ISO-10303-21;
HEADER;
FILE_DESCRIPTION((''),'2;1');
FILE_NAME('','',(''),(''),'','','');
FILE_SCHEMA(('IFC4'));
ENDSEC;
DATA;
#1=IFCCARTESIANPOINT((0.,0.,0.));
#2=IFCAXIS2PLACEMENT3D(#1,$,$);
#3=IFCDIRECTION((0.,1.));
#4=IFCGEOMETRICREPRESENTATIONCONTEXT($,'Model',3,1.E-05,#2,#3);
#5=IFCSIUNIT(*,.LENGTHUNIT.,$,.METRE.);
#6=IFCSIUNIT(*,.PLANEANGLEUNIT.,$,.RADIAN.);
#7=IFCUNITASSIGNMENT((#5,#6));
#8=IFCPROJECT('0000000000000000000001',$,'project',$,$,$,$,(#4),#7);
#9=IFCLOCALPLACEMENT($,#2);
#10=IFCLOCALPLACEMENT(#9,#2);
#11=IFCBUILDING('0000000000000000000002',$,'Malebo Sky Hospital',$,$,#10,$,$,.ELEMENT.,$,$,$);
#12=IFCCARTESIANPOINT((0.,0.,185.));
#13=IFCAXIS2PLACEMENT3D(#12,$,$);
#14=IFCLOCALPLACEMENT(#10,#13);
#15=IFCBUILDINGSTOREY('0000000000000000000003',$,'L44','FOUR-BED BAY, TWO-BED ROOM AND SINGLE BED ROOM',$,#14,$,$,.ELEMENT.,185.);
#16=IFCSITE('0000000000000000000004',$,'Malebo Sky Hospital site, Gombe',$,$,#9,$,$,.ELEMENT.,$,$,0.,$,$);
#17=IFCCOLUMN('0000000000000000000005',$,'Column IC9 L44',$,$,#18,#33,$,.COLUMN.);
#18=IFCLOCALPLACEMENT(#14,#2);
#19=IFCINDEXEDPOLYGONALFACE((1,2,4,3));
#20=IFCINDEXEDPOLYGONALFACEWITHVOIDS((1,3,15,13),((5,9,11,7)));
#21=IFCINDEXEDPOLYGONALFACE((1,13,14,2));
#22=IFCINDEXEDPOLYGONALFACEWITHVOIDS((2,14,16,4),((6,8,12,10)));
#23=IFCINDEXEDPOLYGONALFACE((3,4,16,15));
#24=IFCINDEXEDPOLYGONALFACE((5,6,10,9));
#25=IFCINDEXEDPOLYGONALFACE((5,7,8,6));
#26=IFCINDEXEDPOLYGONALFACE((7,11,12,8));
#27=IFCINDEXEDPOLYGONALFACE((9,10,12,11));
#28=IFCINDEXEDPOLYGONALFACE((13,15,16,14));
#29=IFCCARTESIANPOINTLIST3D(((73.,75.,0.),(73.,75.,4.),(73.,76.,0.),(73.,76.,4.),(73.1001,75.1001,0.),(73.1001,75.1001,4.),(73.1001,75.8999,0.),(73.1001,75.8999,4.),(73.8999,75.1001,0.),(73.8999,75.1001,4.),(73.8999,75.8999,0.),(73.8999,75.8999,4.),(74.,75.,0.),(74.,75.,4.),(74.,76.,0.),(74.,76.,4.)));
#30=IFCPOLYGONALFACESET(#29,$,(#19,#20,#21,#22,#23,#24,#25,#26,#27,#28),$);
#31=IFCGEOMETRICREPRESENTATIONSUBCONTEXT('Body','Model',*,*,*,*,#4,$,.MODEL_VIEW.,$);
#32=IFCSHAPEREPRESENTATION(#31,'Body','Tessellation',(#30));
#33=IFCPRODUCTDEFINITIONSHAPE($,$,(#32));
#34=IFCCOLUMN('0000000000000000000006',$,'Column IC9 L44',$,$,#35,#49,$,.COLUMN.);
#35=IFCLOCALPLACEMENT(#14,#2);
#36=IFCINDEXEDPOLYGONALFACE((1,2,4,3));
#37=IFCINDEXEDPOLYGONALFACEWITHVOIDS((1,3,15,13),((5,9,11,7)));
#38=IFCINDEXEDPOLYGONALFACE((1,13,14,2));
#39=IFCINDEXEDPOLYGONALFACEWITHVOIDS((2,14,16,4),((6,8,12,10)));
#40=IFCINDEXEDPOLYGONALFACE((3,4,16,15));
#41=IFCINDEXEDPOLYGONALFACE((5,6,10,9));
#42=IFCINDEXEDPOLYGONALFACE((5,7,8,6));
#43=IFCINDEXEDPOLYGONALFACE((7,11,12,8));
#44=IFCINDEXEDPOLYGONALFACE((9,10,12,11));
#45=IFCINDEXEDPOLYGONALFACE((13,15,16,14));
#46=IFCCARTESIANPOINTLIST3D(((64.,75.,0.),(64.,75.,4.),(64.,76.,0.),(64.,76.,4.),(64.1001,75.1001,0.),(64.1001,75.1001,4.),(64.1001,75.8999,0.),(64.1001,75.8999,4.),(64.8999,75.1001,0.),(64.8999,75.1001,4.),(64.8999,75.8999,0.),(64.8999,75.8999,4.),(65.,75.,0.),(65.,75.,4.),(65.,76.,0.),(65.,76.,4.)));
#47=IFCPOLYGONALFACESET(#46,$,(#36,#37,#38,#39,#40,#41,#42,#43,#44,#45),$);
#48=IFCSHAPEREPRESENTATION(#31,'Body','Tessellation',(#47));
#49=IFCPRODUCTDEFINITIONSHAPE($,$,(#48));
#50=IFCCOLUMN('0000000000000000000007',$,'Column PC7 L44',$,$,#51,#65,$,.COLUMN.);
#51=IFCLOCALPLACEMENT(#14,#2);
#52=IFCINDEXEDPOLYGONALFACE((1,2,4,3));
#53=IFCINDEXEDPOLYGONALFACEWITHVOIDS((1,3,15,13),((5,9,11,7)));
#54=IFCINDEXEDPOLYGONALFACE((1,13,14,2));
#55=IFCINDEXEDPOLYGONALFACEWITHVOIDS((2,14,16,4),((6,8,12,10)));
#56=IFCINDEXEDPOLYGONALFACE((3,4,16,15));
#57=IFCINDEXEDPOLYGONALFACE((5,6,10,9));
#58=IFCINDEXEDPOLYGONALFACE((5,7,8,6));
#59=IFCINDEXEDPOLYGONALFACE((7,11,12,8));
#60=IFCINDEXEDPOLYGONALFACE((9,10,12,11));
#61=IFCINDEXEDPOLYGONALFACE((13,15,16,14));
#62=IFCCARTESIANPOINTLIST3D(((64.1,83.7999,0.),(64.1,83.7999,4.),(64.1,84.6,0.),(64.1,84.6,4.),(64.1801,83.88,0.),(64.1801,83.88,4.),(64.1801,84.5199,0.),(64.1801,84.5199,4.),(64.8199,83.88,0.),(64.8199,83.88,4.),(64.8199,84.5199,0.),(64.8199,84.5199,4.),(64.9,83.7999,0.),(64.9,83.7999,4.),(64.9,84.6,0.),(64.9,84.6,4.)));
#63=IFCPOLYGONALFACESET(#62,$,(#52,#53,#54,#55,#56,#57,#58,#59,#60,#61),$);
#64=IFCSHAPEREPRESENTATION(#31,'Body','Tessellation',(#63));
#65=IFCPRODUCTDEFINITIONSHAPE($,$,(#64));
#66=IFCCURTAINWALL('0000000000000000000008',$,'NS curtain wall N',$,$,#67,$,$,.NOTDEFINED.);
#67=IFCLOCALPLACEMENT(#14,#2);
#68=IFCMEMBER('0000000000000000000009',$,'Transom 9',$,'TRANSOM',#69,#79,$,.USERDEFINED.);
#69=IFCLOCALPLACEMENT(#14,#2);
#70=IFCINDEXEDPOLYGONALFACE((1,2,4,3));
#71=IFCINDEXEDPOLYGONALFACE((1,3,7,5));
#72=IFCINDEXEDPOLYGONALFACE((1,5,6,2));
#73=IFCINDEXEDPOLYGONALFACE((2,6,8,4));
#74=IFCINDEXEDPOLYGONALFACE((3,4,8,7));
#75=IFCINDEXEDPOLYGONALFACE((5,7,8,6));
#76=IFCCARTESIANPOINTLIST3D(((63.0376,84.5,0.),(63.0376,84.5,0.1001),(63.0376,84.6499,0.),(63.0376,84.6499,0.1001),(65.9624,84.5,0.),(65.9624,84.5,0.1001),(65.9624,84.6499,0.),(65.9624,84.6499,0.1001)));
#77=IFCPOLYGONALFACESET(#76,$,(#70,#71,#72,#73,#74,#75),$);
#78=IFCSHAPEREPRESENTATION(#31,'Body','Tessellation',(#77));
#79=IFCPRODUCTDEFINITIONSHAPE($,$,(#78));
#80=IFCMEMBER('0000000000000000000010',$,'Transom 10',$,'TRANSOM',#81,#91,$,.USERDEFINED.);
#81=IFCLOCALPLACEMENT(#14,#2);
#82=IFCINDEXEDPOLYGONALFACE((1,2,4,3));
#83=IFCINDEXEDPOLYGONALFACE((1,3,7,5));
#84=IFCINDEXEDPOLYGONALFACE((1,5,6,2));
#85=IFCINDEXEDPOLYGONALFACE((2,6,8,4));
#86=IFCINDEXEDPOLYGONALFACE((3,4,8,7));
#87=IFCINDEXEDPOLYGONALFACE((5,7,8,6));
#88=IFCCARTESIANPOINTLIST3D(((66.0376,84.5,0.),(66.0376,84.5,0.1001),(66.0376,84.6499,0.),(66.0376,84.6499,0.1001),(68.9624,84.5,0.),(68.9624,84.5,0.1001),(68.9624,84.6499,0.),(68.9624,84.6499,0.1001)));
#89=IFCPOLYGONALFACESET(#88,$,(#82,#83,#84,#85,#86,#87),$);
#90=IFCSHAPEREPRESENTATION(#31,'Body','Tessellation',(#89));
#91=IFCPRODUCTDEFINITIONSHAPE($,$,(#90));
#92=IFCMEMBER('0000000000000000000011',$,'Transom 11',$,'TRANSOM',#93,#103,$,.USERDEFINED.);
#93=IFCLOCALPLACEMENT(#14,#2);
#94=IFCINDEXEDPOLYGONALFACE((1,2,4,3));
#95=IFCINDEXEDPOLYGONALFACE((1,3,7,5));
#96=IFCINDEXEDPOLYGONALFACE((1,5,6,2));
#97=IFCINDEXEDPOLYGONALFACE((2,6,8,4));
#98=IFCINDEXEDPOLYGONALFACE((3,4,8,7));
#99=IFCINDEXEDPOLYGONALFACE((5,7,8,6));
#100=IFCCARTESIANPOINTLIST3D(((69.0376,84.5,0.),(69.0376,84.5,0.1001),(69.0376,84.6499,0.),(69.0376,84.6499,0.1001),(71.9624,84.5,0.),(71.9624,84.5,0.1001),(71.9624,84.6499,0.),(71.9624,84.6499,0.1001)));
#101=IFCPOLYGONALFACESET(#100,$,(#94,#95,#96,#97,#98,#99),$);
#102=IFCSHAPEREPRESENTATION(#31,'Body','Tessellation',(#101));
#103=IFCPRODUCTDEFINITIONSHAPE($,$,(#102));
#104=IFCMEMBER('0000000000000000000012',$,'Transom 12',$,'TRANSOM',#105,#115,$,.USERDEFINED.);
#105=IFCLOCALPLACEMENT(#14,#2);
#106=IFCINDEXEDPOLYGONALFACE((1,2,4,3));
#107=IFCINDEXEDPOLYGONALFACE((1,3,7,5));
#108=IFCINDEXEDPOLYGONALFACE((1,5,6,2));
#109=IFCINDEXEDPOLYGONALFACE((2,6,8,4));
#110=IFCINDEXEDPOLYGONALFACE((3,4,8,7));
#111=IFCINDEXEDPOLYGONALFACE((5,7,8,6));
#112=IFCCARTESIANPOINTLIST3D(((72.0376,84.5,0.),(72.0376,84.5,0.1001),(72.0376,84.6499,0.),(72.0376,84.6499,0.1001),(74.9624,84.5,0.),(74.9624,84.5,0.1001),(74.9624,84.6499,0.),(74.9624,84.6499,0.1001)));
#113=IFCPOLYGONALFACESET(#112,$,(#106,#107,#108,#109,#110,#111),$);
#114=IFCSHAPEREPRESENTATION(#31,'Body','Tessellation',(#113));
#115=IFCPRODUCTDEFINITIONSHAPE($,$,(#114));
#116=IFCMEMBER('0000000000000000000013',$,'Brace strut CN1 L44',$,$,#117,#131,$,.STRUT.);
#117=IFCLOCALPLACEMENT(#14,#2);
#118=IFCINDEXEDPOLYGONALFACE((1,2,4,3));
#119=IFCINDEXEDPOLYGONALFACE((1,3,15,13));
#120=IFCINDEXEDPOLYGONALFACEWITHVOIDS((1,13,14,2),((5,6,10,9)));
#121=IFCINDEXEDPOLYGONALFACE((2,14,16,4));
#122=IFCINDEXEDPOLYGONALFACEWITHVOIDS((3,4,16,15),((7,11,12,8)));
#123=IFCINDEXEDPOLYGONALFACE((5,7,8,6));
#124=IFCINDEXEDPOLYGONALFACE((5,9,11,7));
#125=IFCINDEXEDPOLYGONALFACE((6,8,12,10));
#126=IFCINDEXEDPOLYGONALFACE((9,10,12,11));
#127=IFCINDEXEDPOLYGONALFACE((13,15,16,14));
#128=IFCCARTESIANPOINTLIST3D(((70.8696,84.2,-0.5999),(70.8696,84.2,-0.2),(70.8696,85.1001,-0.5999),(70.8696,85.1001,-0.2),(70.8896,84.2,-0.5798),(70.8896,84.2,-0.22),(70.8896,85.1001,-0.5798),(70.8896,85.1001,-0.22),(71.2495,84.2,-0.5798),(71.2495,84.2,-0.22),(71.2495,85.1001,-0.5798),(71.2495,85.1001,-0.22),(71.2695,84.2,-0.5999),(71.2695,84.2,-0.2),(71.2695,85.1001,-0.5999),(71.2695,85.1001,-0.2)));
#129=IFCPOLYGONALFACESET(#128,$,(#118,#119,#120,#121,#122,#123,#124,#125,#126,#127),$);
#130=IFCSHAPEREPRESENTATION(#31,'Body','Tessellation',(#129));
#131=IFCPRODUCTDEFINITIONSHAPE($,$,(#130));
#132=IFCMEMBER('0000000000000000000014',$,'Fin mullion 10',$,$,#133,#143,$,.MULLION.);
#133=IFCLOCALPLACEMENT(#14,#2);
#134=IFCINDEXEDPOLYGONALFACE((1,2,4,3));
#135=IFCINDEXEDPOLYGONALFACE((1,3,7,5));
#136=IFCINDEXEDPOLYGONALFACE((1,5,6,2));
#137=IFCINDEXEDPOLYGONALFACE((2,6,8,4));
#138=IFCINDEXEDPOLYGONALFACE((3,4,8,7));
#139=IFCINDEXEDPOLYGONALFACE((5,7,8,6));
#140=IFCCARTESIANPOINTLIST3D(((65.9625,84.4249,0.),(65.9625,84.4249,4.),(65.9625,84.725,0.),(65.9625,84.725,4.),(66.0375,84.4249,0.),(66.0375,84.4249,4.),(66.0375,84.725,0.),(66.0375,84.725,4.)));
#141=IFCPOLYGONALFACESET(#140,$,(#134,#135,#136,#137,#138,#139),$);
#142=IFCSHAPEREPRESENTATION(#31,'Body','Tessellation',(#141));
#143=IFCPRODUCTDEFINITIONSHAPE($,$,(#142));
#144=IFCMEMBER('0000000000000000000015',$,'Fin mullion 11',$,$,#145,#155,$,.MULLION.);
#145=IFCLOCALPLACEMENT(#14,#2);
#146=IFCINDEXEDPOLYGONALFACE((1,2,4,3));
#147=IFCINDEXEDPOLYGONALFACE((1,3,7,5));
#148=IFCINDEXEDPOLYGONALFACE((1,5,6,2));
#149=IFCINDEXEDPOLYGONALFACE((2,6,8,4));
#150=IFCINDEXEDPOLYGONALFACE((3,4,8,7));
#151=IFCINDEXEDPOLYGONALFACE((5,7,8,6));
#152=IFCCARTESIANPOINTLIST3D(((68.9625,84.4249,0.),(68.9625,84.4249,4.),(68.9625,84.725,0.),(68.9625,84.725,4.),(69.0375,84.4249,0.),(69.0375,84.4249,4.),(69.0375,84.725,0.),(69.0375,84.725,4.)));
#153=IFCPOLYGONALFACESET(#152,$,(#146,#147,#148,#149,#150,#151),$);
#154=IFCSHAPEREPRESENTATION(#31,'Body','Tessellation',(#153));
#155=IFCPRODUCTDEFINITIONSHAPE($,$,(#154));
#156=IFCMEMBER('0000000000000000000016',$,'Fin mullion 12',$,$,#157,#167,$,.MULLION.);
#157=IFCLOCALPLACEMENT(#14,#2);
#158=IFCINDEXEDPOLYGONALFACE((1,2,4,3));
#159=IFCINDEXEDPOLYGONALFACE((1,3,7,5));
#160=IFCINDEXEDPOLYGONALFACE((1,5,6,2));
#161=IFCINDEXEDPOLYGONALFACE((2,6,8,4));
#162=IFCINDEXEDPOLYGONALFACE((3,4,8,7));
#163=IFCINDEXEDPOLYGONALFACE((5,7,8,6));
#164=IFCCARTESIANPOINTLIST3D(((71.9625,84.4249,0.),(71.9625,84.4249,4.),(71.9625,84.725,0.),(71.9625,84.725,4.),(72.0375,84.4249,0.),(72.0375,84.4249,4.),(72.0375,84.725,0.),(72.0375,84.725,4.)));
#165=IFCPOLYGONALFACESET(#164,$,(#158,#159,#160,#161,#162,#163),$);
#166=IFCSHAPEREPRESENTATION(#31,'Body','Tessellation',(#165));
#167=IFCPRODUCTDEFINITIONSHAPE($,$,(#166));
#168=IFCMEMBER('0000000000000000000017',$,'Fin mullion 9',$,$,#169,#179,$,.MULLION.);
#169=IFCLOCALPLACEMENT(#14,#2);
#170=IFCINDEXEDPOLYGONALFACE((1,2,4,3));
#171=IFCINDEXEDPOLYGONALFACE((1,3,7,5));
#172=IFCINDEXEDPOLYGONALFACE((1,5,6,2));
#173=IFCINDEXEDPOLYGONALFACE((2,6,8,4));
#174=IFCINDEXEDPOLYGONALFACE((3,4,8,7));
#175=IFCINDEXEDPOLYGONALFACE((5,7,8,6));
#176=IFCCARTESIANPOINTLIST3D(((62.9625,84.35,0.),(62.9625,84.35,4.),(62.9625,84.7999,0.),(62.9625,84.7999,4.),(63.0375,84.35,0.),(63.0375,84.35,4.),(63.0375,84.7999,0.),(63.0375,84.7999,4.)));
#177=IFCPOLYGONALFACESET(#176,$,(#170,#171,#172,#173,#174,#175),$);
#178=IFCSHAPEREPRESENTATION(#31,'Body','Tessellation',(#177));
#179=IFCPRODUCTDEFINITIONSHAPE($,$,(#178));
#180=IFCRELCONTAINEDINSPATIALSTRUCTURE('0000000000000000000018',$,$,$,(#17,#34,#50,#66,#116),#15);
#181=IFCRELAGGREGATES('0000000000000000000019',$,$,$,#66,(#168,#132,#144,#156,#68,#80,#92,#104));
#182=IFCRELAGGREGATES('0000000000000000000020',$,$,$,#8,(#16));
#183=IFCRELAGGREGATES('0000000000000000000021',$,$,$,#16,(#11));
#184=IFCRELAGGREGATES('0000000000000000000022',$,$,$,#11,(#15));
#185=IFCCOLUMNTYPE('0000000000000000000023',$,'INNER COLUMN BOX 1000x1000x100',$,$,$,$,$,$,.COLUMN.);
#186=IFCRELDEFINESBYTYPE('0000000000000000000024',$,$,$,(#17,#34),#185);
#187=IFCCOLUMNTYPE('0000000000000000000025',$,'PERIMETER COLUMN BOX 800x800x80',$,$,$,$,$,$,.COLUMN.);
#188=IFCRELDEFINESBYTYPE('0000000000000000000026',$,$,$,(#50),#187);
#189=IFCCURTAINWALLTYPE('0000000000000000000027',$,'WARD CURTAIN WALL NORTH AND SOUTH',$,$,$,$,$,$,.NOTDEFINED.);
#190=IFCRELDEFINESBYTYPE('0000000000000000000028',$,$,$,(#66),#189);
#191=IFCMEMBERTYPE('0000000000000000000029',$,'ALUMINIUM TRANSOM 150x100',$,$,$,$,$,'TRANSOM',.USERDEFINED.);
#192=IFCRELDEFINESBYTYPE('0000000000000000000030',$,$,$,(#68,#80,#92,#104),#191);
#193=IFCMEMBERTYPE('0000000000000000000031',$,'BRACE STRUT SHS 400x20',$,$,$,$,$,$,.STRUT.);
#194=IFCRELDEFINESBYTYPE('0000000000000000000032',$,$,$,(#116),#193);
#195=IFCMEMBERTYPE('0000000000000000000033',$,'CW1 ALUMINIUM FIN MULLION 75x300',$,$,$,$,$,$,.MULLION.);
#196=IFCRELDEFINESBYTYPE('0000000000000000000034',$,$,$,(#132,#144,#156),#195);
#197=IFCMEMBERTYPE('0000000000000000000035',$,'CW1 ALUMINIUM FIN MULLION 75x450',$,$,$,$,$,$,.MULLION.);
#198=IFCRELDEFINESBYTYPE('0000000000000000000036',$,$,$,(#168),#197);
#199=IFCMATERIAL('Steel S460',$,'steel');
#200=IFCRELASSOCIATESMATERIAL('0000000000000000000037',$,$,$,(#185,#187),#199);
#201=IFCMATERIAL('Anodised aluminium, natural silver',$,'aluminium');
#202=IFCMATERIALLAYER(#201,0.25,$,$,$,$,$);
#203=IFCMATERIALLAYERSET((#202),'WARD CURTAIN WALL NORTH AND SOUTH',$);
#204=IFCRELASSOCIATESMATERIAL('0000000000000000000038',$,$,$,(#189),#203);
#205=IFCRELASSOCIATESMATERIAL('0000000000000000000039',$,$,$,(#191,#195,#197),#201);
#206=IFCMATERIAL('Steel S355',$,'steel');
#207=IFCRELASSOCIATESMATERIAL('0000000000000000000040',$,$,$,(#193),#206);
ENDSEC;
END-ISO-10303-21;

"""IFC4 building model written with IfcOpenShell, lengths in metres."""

from ifc_helpers import new_model, si_unit, direction, frame, origin, origin_2d, place, context, subcontext, project, spatial, rectangle, hollow_rectangle, extrude, material, layer, layer_set, material_profile, profile_set, type_object, element, aggregate, save


model = new_model("IFC4")

# Units and contexts
model_context = context("Model", 3, precision=1e-05, world=origin(), true_north=direction((0.0, 1.0)))
body_context = subcontext(model_context, "Body", "Model", "MODEL_VIEW")
ifc_project = project(units=[si_unit("LENGTHUNIT", "METRE"), si_unit("PLANEANGLEUNIT", "RADIAN")], contexts=[model_context])

# Site, building, storey
site_placement = place(None, origin())
site = spatial("IfcSite", under=ifc_project, at=site_placement, Name="Malebo Sky Hospital site, Gombe", CompositionType="ELEMENT", RefElevation=0.0)
building_placement = place(site_placement, origin())
building = spatial("IfcBuilding", under=site, at=building_placement, Name="Malebo Sky Hospital", CompositionType="ELEMENT")
storey_placement = place(building_placement, frame((0.0, 0.0, 185.0)))
storey = spatial("IfcBuildingStorey", under=building, at=storey_placement, Name="L44", Description="FOUR-BED BAY, TWO-BED ROOM AND SINGLE BED ROOM", CompositionType="ELEMENT", Elevation=185.0)

# Columns
ifc_material_1 = material(Name="Steel S460", Category="steel")
ifc_material_profile_1 = material_profile(ifc_material_1, hollow_rectangle(XDim=1.0, YDim=1.0, WallThickness=0.1001, at=origin_2d()), Name="BOX 1000x1000x100")
ifc_profile_set_1 = profile_set([ifc_material_profile_1], Name="Steel S460")
column_type_1 = type_object("IfcColumnType", Name="INNER COLUMN BOX 1000x1000x100", PredefinedType="COLUMN", material=ifc_profile_set_1)
for number, where, z_axis, x_axis, name in (
    (1, (73.5, 75.5, 0.0), (0.0, 0.0, 1.0), (1.0, 0.0, 0.0), "Column IC9 L44"),
    (2, (64.5, 75.5, 0.0), (0.0, 0.0, 1.0), (1.0, 0.0, 0.0), "Column IC9 L44"),
):
    element("IfcColumn", number, at=place(storey_placement, frame(where, z_axis=z_axis, x_axis=x_axis)), inside=storey, type_object=column_type_1, Name=name, PredefinedType="COLUMN", context=body_context, shape_type="SweptSolid", body=[
        extrude(hollow_rectangle(XDim=1.0, YDim=1.0, WallThickness=0.1001, at=origin_2d()), origin(), (0.0, 0.0, 1.0), 4.0),
    ])
ifc_material_profile_2 = material_profile(ifc_material_1, hollow_rectangle(XDim=0.8, YDim=0.8, WallThickness=0.0801, at=origin_2d()), Name="BOX 800x800x80")
ifc_profile_set_2 = profile_set([ifc_material_profile_2], Name="Steel S460")
column_type_2 = type_object("IfcColumnType", Name="PERIMETER COLUMN BOX 800x800x80", PredefinedType="COLUMN", material=ifc_profile_set_2)
column_placement = place(storey_placement, frame((64.5, 84.2, 0.0), z_axis=(0.0, 0.0, 1.0), x_axis=(1.0, 0.0, 0.0)))
element("IfcColumn", 3, at=column_placement, inside=storey, type_object=column_type_2, Name="Column PC7 L44", PredefinedType="COLUMN", context=body_context, shape_type="SweptSolid", body=[
    extrude(hollow_rectangle(XDim=0.8, YDim=0.8, WallThickness=0.0801, at=origin_2d()), origin(), (0.0, 0.0, 1.0), 4.0),
])

# Curtain wall, members
ifc_material_2 = material(Name="Anodised aluminium, natural silver", Category="aluminium")
ifc_layer_1 = layer(ifc_material_2, 0.25)
ifc_layer_set_1 = layer_set([ifc_layer_1], Name="WARD CURTAIN WALL NORTH AND SOUTH")
curtain_wall_type = type_object("IfcCurtainWallType", Name="WARD CURTAIN WALL NORTH AND SOUTH", PredefinedType="NOTDEFINED", material=ifc_layer_set_1)
curtain_wall_placement = place(storey_placement, origin())
curtain_wall = element("IfcCurtainWall", 4, at=curtain_wall_placement, inside=storey, type_object=curtain_wall_type, Name="NS curtain wall N", PredefinedType="NOTDEFINED")
ifc_material_profile_3 = material_profile(ifc_material_2, rectangle(XDim=0.1499, YDim=0.1001, at=origin_2d()), Name="ALUMINIUM TRANSOM 150x100")
ifc_profile_set_3 = profile_set([ifc_material_profile_3], Name="Anodised aluminium, natural silver")
member_type_1 = type_object("IfcMemberType", Name="ALUMINIUM TRANSOM 150x100", ElementType="TRANSOM", PredefinedType="USERDEFINED", material=ifc_profile_set_3)
member_1_placement = place(storey_placement, frame((63.0376, 84.575, 0.05), z_axis=(1.0, 0.0, 0.0), x_axis=(0.0, 1.0, 0.0)))
member_1 = element("IfcMember", 5, at=member_1_placement, type_object=member_type_1, Name="Transom 9", ObjectType="TRANSOM", PredefinedType="USERDEFINED", context=body_context, shape_type="SweptSolid", body=[
    extrude(rectangle(XDim=0.1499, YDim=0.1001, at=origin_2d()), origin(), (0.0, 0.0, 1.0), 2.9248),
])
member_2_placement = place(storey_placement, frame((66.0376, 84.575, 0.05), z_axis=(1.0, 0.0, 0.0), x_axis=(0.0, 1.0, 0.0)))
member_2 = element("IfcMember", 6, at=member_2_placement, type_object=member_type_1, Name="Transom 10", ObjectType="TRANSOM", PredefinedType="USERDEFINED", context=body_context, shape_type="SweptSolid", body=[
    extrude(rectangle(XDim=0.1499, YDim=0.1001, at=origin_2d()), origin(), (0.0, 0.0, 1.0), 2.9248),
])
member_3_placement = place(storey_placement, frame((69.0376, 84.575, 0.05), z_axis=(1.0, 0.0, 0.0), x_axis=(0.0, 1.0, 0.0)))
member_3 = element("IfcMember", 7, at=member_3_placement, type_object=member_type_1, Name="Transom 11", ObjectType="TRANSOM", PredefinedType="USERDEFINED", context=body_context, shape_type="SweptSolid", body=[
    extrude(rectangle(XDim=0.1499, YDim=0.1001, at=origin_2d()), origin(), (0.0, 0.0, 1.0), 2.9248),
])
member_4_placement = place(storey_placement, frame((72.0376, 84.575, 0.05), z_axis=(1.0, 0.0, 0.0), x_axis=(0.0, 1.0, 0.0)))
member_4 = element("IfcMember", 8, at=member_4_placement, type_object=member_type_1, Name="Transom 12", ObjectType="TRANSOM", PredefinedType="USERDEFINED", context=body_context, shape_type="SweptSolid", body=[
    extrude(rectangle(XDim=0.1499, YDim=0.1001, at=origin_2d()), origin(), (0.0, 0.0, 1.0), 2.9248),
])

# Members
ifc_material_3 = material(Name="Steel S355", Category="steel")
ifc_material_profile_4 = material_profile(ifc_material_3, hollow_rectangle(XDim=0.3999, YDim=0.3999, WallThickness=0.02, at=origin_2d()), Name="SHS 400x20")
ifc_profile_set_4 = profile_set([ifc_material_profile_4], Name="Steel S355")
member_type_2 = type_object("IfcMemberType", Name="BRACE STRUT SHS 400x20", PredefinedType="STRUT", material=ifc_profile_set_4)
member_5_placement = place(storey_placement, frame((71.0696, 85.1001, -0.3999), z_axis=(0.0, -1.0, 0.0), x_axis=(1.0, 0.0, 0.0)))
element("IfcMember", 9, at=member_5_placement, inside=storey, type_object=member_type_2, Name="Brace strut CN1 L44", PredefinedType="STRUT", context=body_context, shape_type="SweptSolid", body=[
    extrude(hollow_rectangle(XDim=0.3999, YDim=0.3999, WallThickness=0.02, at=origin_2d()), origin(), (0.0, 0.0, 1.0), 0.9001),
])
ifc_material_profile_5 = material_profile(ifc_material_2, rectangle(XDim=0.075, YDim=0.3, at=origin_2d()), Name="CW1 ALUMINIUM FIN MULLION 75x300")
ifc_profile_set_5 = profile_set([ifc_material_profile_5], Name="Anodised aluminium, natural silver")
member_type_3 = type_object("IfcMemberType", Name="CW1 ALUMINIUM FIN MULLION 75x300", PredefinedType="MULLION", material=ifc_profile_set_5)
member_6_placement = place(storey_placement, frame((66.0, 84.575, 0.0), z_axis=(0.0, 0.0, 1.0), x_axis=(1.0, 0.0, 0.0)))
member_6 = element("IfcMember", 10, at=member_6_placement, type_object=member_type_3, Name="Fin mullion 10", PredefinedType="MULLION", context=body_context, shape_type="SweptSolid", body=[
    extrude(rectangle(XDim=0.075, YDim=0.3, at=origin_2d()), origin(), (0.0, 0.0, 1.0), 4.0),
])
member_7_placement = place(storey_placement, frame((69.0, 84.575, 0.0), z_axis=(0.0, 0.0, 1.0), x_axis=(1.0, 0.0, 0.0)))
member_7 = element("IfcMember", 11, at=member_7_placement, type_object=member_type_3, Name="Fin mullion 11", PredefinedType="MULLION", context=body_context, shape_type="SweptSolid", body=[
    extrude(rectangle(XDim=0.075, YDim=0.3, at=origin_2d()), origin(), (0.0, 0.0, 1.0), 4.0),
])
member_8_placement = place(storey_placement, frame((72.0, 84.575, 0.0), z_axis=(0.0, 0.0, 1.0), x_axis=(1.0, 0.0, 0.0)))
member_8 = element("IfcMember", 12, at=member_8_placement, type_object=member_type_3, Name="Fin mullion 12", PredefinedType="MULLION", context=body_context, shape_type="SweptSolid", body=[
    extrude(rectangle(XDim=0.075, YDim=0.3, at=origin_2d()), origin(), (0.0, 0.0, 1.0), 4.0),
])
ifc_material_profile_6 = material_profile(ifc_material_2, rectangle(XDim=0.075, YDim=0.45, at=origin_2d()), Name="CW1 ALUMINIUM FIN MULLION 75x450")
ifc_profile_set_6 = profile_set([ifc_material_profile_6], Name="Anodised aluminium, natural silver")
member_type_4 = type_object("IfcMemberType", Name="CW1 ALUMINIUM FIN MULLION 75x450", PredefinedType="MULLION", material=ifc_profile_set_6)
member_9_placement = place(storey_placement, frame((63.0, 84.575, 0.0), z_axis=(0.0, 0.0, 1.0), x_axis=(1.0, 0.0, 0.0)))
member_9 = element("IfcMember", 13, at=member_9_placement, type_object=member_type_4, Name="Fin mullion 9", PredefinedType="MULLION", context=body_context, shape_type="SweptSolid", body=[
    extrude(rectangle(XDim=0.075, YDim=0.45, at=origin_2d()), origin(), (0.0, 0.0, 1.0), 4.0),
])

aggregate(curtain_wall, [member_9, member_6, member_7, member_8, member_1, member_2, member_3, member_4])

save(model, "model.ifc")
